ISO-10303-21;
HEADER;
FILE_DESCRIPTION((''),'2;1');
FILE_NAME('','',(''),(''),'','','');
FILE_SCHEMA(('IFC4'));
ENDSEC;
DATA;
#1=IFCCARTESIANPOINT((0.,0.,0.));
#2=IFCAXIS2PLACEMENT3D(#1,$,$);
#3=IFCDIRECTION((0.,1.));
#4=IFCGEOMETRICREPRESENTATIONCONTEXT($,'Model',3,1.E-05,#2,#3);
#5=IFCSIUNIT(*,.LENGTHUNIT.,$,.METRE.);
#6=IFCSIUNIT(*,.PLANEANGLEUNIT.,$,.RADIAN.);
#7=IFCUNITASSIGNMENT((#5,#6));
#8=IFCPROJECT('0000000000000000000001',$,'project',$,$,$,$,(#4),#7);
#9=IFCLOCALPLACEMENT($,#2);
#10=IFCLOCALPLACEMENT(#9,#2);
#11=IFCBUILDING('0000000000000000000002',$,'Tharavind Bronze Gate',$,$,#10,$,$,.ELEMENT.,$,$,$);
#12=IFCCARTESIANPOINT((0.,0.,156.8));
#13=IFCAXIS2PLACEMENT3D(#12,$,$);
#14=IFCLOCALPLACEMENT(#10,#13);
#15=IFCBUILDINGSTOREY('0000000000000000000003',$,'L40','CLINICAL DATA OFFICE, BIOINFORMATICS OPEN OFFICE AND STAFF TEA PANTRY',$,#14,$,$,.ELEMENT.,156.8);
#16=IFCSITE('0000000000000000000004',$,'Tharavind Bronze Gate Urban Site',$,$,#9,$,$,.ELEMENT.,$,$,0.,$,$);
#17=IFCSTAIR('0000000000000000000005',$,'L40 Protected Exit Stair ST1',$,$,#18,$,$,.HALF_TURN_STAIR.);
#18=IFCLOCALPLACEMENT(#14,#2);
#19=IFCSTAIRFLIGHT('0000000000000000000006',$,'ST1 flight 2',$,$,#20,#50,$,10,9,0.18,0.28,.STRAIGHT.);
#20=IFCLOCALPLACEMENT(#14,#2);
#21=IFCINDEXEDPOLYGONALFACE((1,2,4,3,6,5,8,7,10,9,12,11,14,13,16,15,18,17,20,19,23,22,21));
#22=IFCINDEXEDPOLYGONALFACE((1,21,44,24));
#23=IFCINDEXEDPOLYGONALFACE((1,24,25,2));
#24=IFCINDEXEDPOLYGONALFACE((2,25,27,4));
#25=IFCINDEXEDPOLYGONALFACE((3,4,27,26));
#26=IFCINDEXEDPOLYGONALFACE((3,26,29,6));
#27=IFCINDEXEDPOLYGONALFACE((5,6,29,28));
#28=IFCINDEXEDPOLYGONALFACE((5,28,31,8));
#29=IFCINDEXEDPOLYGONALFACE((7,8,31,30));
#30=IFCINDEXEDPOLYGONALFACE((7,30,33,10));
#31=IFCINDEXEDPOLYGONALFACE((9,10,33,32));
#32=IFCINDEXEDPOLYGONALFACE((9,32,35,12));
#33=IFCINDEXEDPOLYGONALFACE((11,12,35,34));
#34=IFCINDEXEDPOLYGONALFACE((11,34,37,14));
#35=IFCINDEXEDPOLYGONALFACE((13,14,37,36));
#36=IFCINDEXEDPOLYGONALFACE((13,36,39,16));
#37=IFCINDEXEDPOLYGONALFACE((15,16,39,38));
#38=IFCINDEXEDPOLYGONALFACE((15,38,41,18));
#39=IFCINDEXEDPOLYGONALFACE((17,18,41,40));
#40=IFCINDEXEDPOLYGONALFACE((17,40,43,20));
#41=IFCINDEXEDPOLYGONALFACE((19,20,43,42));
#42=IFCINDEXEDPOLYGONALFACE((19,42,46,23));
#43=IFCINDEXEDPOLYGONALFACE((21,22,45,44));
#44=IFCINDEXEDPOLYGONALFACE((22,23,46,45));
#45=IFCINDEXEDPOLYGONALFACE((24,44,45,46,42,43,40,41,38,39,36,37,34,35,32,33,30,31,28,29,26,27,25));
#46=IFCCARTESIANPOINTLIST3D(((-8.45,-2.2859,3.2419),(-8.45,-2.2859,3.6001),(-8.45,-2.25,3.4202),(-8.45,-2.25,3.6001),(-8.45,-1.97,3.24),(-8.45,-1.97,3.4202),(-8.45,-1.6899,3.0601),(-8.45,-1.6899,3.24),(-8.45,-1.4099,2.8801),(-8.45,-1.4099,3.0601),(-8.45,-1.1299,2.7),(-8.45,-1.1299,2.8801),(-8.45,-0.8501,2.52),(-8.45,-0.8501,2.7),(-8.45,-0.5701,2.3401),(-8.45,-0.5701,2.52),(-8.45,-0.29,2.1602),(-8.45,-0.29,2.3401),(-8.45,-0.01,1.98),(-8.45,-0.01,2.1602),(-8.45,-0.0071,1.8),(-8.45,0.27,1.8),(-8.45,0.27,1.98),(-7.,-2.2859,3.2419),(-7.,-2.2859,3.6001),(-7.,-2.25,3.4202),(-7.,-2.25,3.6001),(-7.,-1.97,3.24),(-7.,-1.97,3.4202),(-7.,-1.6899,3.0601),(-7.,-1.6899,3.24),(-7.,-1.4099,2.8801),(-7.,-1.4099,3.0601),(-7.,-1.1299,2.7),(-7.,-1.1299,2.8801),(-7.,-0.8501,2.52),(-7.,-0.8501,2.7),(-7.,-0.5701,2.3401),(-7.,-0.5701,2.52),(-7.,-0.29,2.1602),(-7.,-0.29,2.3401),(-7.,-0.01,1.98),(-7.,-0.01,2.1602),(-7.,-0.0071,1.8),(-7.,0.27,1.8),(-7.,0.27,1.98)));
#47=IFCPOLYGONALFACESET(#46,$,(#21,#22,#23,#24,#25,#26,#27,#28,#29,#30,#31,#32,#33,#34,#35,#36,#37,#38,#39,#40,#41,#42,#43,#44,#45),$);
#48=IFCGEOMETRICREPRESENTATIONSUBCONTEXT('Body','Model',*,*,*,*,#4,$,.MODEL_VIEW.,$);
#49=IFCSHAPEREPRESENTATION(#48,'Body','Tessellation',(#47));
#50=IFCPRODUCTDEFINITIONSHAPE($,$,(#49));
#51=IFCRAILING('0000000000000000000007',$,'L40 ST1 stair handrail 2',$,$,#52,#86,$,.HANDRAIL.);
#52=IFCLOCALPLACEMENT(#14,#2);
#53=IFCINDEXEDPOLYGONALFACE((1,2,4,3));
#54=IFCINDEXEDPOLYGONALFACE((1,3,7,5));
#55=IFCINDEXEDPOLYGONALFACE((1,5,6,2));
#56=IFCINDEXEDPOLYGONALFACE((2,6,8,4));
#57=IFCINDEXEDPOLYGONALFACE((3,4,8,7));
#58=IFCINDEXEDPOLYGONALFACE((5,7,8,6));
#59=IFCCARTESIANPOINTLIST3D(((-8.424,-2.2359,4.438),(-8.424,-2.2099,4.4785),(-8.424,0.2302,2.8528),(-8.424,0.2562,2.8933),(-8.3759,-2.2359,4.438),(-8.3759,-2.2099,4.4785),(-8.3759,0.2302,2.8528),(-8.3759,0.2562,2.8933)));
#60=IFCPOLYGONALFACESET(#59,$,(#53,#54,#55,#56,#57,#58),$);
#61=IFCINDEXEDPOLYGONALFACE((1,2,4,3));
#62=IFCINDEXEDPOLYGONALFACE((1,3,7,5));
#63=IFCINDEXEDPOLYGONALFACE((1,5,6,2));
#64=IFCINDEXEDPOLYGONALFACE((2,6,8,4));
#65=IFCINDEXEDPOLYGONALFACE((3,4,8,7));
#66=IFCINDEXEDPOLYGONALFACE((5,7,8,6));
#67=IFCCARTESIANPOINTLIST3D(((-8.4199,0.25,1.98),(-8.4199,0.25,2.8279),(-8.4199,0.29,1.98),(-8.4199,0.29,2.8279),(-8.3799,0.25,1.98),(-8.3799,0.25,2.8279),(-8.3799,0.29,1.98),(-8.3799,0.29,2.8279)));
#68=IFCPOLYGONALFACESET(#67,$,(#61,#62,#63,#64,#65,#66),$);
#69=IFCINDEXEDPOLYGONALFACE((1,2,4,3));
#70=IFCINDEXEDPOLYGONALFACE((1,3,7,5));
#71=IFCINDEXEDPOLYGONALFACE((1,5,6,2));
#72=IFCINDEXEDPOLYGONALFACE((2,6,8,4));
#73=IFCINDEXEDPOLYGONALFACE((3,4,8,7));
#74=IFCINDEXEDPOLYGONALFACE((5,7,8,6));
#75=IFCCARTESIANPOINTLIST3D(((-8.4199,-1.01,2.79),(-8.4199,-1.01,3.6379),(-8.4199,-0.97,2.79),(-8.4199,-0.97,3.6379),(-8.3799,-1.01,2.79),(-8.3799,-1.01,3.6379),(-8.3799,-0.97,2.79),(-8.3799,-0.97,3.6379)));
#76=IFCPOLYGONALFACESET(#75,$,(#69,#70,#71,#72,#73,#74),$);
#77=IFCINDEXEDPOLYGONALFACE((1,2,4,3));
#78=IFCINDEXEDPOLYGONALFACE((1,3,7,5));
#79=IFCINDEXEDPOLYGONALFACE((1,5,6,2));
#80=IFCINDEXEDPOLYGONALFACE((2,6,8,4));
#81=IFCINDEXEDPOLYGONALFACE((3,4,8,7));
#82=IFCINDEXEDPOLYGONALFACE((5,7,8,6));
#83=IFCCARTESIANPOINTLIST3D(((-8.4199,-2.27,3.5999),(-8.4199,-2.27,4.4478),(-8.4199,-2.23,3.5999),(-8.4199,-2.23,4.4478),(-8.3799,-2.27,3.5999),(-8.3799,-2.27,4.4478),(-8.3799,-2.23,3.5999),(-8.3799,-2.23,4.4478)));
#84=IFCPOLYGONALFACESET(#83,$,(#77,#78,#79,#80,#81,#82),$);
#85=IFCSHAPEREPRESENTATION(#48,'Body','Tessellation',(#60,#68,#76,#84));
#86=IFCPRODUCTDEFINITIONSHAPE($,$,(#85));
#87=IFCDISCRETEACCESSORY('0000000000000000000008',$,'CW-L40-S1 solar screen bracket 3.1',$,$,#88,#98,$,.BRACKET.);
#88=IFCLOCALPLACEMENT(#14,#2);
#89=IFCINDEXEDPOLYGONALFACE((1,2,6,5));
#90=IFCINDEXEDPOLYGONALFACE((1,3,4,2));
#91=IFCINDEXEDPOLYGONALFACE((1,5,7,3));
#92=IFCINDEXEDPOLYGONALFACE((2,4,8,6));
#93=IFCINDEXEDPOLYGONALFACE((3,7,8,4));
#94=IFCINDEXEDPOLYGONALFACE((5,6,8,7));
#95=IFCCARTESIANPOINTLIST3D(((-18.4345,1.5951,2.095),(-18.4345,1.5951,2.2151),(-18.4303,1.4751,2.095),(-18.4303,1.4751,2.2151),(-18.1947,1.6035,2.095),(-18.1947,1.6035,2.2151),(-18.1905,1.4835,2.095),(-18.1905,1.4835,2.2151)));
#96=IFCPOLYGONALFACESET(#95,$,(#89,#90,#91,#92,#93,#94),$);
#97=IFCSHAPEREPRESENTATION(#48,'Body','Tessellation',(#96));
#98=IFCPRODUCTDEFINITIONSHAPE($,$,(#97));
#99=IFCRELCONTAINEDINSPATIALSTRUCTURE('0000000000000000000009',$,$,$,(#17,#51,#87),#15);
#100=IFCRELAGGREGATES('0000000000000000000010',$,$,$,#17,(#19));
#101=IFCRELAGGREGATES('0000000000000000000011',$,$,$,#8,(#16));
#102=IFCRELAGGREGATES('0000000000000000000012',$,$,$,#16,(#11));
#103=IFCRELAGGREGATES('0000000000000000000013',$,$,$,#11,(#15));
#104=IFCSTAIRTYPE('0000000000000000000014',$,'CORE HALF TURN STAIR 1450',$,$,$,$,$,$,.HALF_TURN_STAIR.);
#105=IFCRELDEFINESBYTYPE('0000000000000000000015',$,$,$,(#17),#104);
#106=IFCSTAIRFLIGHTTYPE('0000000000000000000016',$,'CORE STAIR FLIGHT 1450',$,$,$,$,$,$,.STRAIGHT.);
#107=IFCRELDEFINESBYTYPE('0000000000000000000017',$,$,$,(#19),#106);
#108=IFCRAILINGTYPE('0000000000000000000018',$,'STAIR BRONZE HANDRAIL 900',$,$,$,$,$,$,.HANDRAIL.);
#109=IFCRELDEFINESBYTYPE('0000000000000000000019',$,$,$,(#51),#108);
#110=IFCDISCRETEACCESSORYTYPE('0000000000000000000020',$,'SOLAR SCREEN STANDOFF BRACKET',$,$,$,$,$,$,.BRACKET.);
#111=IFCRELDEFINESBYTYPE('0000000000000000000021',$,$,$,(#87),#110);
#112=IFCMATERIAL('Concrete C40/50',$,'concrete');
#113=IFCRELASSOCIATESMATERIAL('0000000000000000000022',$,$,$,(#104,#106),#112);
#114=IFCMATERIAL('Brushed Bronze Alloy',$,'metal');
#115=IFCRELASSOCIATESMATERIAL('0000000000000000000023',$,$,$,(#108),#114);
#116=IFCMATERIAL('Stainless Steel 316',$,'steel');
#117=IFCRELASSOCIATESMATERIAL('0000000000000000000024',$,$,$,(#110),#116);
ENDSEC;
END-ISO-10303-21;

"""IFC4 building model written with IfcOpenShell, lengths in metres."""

from ifc_helpers import new_model, si_unit, direction, frame, origin, origin_2d, place, context, subcontext, project, spatial, polyline, rectangle, outline, extrude, material, type_object, element, aggregate, save


model = new_model("IFC4")

# Units and contexts
model_context = context("Model", 3, precision=1e-05, world=origin(), true_north=direction((0.0, 1.0)))
body_context = subcontext(model_context, "Body", "Model", "MODEL_VIEW")
ifc_project = project(units=[si_unit("LENGTHUNIT", "METRE"), si_unit("PLANEANGLEUNIT", "RADIAN")], contexts=[model_context])

# Site, building, storey
site_placement = place(None, origin())
site = spatial("IfcSite", under=ifc_project, at=site_placement, Name="Tharavind Bronze Gate Urban Site", CompositionType="ELEMENT", RefElevation=0.0)
building_placement = place(site_placement, origin())
building = spatial("IfcBuilding", under=site, at=building_placement, Name="Tharavind Bronze Gate", CompositionType="ELEMENT")
storey_placement = place(building_placement, frame((0.0, 0.0, 156.8)))
storey = spatial("IfcBuildingStorey", under=building, at=storey_placement, Name="L40", Description="CLINICAL DATA OFFICE, BIOINFORMATICS OPEN OFFICE AND STAFF TEA PANTRY", CompositionType="ELEMENT", Elevation=156.8)

# Stair, stair flight
ifc_material_1 = material(Name="Concrete C40/50", Category="concrete")
stair_type = type_object("IfcStairType", Name="CORE HALF TURN STAIR 1450", PredefinedType="HALF_TURN_STAIR", material=ifc_material_1)
stair_placement = place(storey_placement, origin())
stair = element("IfcStair", 1, at=stair_placement, inside=storey, type_object=stair_type, Name="L40 Protected Exit Stair ST1", PredefinedType="HALF_TURN_STAIR")
stair_flight_type = type_object("IfcStairFlightType", Name="CORE STAIR FLIGHT 1450", PredefinedType="STRAIGHT", material=ifc_material_1)
stair_flight_placement = place(storey_placement, frame((-7.7251, 0.27, 1.8), z_axis=(0.0, 0.0, 1.0), x_axis=(0.0, -1.0, 0.0)))
stair_flight = element("IfcStairFlight", 2, at=stair_flight_placement, type_object=stair_flight_type, Name="ST1 flight 2", NumberOfRisers=10, NumberOfTreads=9, PredefinedType="STRAIGHT", RiserHeight=0.18, TreadLength=0.28, context=body_context, shape_type="SweptSolid", body=[
    extrude(outline(polyline([(0.0, 0.0), (0.0, 0.1799), (0.28, 0.1799), (0.28, 0.3601), (0.5601, 0.3601), (0.5601, 0.54), (0.8401, 0.54), (0.8401, 0.72), (1.1201, 0.72), (1.1201, 0.8999), (1.3999, 0.8999), (1.3999, 1.0801), (1.6799, 1.0801), (1.6799, 1.26), (1.96, 1.26), (1.96, 1.4399), (2.24, 1.4399), (2.24, 1.6201), (2.52, 1.6201), (2.52, 1.8), (2.5559, 1.8), (2.5559, 1.4419), (0.2771, 0.0), (0.0, 0.0)])), frame((0.0, 0.7251, 0.0), z_axis=(0.0, -1.0, 0.0), x_axis=(1.0, 0.0, 0.0)), (0.0, 0.0, 1.0), 1.45),
])
aggregate(stair, [stair_flight])

# Railing
ifc_material_2 = material(Name="Brushed Bronze Alloy", Category="metal")
railing_type = type_object("IfcRailingType", Name="STAIR BRONZE HANDRAIL 900", PredefinedType="HANDRAIL", material=ifc_material_2)
railing_placement = place(storey_placement, frame((-8.3999, 0.27, 1.98)))
element("IfcRailing", 3, at=railing_placement, inside=storey, type_object=railing_type, Name="L40 ST1 stair handrail 2", PredefinedType="HANDRAIL", context=body_context, shape_type="SweptSolid", body=[
    extrude(rectangle(XDim=0.0481, YDim=0.0481, at=origin_2d()), frame((0.0, -0.0269, 0.8931), z_axis=(0.0, -0.8412, 0.540725), x_axis=(1.0, 0.0, 0.0)), (0.0, 0.0, 1.0), 2.9316),
    extrude(rectangle(XDim=0.04, YDim=0.04, at=origin_2d()), origin(), (0.0, 0.0, 1.0), 0.8479),
    extrude(rectangle(XDim=0.04, YDim=0.04, at=origin_2d()), frame((0.0, -1.26, 0.8101)), (0.0, 0.0, 1.0), 0.8479),
    extrude(rectangle(XDim=0.04, YDim=0.04, at=origin_2d()), frame((0.0, -2.52, 1.6199)), (0.0, 0.0, 1.0), 0.8479),
])

# Discrete accessory
ifc_material_3 = material(Name="Stainless Steel 316", Category="steel")
discrete_accessory_type = type_object("IfcDiscreteAccessoryType", Name="SOLAR SCREEN STANDOFF BRACKET", PredefinedType="BRACKET", material=ifc_material_3)
discrete_accessory_placement = place(storey_placement, frame((-18.3125, 1.5393, 2.095), z_axis=(0.0, 0.0, 1.0), x_axis=(0.034899, -0.999391, 0.0)))
element("IfcDiscreteAccessory", 4, at=discrete_accessory_placement, inside=storey, type_object=discrete_accessory_type, Name="CW-L40-S1 solar screen bracket 3.1", PredefinedType="BRACKET", context=body_context, shape_type="SweptSolid", body=[
    extrude(rectangle(XDim=0.1201, YDim=0.24, at=origin_2d()), origin(), (0.0, 0.0, 1.0), 0.1201),
])

save(model, "model.ifc")
